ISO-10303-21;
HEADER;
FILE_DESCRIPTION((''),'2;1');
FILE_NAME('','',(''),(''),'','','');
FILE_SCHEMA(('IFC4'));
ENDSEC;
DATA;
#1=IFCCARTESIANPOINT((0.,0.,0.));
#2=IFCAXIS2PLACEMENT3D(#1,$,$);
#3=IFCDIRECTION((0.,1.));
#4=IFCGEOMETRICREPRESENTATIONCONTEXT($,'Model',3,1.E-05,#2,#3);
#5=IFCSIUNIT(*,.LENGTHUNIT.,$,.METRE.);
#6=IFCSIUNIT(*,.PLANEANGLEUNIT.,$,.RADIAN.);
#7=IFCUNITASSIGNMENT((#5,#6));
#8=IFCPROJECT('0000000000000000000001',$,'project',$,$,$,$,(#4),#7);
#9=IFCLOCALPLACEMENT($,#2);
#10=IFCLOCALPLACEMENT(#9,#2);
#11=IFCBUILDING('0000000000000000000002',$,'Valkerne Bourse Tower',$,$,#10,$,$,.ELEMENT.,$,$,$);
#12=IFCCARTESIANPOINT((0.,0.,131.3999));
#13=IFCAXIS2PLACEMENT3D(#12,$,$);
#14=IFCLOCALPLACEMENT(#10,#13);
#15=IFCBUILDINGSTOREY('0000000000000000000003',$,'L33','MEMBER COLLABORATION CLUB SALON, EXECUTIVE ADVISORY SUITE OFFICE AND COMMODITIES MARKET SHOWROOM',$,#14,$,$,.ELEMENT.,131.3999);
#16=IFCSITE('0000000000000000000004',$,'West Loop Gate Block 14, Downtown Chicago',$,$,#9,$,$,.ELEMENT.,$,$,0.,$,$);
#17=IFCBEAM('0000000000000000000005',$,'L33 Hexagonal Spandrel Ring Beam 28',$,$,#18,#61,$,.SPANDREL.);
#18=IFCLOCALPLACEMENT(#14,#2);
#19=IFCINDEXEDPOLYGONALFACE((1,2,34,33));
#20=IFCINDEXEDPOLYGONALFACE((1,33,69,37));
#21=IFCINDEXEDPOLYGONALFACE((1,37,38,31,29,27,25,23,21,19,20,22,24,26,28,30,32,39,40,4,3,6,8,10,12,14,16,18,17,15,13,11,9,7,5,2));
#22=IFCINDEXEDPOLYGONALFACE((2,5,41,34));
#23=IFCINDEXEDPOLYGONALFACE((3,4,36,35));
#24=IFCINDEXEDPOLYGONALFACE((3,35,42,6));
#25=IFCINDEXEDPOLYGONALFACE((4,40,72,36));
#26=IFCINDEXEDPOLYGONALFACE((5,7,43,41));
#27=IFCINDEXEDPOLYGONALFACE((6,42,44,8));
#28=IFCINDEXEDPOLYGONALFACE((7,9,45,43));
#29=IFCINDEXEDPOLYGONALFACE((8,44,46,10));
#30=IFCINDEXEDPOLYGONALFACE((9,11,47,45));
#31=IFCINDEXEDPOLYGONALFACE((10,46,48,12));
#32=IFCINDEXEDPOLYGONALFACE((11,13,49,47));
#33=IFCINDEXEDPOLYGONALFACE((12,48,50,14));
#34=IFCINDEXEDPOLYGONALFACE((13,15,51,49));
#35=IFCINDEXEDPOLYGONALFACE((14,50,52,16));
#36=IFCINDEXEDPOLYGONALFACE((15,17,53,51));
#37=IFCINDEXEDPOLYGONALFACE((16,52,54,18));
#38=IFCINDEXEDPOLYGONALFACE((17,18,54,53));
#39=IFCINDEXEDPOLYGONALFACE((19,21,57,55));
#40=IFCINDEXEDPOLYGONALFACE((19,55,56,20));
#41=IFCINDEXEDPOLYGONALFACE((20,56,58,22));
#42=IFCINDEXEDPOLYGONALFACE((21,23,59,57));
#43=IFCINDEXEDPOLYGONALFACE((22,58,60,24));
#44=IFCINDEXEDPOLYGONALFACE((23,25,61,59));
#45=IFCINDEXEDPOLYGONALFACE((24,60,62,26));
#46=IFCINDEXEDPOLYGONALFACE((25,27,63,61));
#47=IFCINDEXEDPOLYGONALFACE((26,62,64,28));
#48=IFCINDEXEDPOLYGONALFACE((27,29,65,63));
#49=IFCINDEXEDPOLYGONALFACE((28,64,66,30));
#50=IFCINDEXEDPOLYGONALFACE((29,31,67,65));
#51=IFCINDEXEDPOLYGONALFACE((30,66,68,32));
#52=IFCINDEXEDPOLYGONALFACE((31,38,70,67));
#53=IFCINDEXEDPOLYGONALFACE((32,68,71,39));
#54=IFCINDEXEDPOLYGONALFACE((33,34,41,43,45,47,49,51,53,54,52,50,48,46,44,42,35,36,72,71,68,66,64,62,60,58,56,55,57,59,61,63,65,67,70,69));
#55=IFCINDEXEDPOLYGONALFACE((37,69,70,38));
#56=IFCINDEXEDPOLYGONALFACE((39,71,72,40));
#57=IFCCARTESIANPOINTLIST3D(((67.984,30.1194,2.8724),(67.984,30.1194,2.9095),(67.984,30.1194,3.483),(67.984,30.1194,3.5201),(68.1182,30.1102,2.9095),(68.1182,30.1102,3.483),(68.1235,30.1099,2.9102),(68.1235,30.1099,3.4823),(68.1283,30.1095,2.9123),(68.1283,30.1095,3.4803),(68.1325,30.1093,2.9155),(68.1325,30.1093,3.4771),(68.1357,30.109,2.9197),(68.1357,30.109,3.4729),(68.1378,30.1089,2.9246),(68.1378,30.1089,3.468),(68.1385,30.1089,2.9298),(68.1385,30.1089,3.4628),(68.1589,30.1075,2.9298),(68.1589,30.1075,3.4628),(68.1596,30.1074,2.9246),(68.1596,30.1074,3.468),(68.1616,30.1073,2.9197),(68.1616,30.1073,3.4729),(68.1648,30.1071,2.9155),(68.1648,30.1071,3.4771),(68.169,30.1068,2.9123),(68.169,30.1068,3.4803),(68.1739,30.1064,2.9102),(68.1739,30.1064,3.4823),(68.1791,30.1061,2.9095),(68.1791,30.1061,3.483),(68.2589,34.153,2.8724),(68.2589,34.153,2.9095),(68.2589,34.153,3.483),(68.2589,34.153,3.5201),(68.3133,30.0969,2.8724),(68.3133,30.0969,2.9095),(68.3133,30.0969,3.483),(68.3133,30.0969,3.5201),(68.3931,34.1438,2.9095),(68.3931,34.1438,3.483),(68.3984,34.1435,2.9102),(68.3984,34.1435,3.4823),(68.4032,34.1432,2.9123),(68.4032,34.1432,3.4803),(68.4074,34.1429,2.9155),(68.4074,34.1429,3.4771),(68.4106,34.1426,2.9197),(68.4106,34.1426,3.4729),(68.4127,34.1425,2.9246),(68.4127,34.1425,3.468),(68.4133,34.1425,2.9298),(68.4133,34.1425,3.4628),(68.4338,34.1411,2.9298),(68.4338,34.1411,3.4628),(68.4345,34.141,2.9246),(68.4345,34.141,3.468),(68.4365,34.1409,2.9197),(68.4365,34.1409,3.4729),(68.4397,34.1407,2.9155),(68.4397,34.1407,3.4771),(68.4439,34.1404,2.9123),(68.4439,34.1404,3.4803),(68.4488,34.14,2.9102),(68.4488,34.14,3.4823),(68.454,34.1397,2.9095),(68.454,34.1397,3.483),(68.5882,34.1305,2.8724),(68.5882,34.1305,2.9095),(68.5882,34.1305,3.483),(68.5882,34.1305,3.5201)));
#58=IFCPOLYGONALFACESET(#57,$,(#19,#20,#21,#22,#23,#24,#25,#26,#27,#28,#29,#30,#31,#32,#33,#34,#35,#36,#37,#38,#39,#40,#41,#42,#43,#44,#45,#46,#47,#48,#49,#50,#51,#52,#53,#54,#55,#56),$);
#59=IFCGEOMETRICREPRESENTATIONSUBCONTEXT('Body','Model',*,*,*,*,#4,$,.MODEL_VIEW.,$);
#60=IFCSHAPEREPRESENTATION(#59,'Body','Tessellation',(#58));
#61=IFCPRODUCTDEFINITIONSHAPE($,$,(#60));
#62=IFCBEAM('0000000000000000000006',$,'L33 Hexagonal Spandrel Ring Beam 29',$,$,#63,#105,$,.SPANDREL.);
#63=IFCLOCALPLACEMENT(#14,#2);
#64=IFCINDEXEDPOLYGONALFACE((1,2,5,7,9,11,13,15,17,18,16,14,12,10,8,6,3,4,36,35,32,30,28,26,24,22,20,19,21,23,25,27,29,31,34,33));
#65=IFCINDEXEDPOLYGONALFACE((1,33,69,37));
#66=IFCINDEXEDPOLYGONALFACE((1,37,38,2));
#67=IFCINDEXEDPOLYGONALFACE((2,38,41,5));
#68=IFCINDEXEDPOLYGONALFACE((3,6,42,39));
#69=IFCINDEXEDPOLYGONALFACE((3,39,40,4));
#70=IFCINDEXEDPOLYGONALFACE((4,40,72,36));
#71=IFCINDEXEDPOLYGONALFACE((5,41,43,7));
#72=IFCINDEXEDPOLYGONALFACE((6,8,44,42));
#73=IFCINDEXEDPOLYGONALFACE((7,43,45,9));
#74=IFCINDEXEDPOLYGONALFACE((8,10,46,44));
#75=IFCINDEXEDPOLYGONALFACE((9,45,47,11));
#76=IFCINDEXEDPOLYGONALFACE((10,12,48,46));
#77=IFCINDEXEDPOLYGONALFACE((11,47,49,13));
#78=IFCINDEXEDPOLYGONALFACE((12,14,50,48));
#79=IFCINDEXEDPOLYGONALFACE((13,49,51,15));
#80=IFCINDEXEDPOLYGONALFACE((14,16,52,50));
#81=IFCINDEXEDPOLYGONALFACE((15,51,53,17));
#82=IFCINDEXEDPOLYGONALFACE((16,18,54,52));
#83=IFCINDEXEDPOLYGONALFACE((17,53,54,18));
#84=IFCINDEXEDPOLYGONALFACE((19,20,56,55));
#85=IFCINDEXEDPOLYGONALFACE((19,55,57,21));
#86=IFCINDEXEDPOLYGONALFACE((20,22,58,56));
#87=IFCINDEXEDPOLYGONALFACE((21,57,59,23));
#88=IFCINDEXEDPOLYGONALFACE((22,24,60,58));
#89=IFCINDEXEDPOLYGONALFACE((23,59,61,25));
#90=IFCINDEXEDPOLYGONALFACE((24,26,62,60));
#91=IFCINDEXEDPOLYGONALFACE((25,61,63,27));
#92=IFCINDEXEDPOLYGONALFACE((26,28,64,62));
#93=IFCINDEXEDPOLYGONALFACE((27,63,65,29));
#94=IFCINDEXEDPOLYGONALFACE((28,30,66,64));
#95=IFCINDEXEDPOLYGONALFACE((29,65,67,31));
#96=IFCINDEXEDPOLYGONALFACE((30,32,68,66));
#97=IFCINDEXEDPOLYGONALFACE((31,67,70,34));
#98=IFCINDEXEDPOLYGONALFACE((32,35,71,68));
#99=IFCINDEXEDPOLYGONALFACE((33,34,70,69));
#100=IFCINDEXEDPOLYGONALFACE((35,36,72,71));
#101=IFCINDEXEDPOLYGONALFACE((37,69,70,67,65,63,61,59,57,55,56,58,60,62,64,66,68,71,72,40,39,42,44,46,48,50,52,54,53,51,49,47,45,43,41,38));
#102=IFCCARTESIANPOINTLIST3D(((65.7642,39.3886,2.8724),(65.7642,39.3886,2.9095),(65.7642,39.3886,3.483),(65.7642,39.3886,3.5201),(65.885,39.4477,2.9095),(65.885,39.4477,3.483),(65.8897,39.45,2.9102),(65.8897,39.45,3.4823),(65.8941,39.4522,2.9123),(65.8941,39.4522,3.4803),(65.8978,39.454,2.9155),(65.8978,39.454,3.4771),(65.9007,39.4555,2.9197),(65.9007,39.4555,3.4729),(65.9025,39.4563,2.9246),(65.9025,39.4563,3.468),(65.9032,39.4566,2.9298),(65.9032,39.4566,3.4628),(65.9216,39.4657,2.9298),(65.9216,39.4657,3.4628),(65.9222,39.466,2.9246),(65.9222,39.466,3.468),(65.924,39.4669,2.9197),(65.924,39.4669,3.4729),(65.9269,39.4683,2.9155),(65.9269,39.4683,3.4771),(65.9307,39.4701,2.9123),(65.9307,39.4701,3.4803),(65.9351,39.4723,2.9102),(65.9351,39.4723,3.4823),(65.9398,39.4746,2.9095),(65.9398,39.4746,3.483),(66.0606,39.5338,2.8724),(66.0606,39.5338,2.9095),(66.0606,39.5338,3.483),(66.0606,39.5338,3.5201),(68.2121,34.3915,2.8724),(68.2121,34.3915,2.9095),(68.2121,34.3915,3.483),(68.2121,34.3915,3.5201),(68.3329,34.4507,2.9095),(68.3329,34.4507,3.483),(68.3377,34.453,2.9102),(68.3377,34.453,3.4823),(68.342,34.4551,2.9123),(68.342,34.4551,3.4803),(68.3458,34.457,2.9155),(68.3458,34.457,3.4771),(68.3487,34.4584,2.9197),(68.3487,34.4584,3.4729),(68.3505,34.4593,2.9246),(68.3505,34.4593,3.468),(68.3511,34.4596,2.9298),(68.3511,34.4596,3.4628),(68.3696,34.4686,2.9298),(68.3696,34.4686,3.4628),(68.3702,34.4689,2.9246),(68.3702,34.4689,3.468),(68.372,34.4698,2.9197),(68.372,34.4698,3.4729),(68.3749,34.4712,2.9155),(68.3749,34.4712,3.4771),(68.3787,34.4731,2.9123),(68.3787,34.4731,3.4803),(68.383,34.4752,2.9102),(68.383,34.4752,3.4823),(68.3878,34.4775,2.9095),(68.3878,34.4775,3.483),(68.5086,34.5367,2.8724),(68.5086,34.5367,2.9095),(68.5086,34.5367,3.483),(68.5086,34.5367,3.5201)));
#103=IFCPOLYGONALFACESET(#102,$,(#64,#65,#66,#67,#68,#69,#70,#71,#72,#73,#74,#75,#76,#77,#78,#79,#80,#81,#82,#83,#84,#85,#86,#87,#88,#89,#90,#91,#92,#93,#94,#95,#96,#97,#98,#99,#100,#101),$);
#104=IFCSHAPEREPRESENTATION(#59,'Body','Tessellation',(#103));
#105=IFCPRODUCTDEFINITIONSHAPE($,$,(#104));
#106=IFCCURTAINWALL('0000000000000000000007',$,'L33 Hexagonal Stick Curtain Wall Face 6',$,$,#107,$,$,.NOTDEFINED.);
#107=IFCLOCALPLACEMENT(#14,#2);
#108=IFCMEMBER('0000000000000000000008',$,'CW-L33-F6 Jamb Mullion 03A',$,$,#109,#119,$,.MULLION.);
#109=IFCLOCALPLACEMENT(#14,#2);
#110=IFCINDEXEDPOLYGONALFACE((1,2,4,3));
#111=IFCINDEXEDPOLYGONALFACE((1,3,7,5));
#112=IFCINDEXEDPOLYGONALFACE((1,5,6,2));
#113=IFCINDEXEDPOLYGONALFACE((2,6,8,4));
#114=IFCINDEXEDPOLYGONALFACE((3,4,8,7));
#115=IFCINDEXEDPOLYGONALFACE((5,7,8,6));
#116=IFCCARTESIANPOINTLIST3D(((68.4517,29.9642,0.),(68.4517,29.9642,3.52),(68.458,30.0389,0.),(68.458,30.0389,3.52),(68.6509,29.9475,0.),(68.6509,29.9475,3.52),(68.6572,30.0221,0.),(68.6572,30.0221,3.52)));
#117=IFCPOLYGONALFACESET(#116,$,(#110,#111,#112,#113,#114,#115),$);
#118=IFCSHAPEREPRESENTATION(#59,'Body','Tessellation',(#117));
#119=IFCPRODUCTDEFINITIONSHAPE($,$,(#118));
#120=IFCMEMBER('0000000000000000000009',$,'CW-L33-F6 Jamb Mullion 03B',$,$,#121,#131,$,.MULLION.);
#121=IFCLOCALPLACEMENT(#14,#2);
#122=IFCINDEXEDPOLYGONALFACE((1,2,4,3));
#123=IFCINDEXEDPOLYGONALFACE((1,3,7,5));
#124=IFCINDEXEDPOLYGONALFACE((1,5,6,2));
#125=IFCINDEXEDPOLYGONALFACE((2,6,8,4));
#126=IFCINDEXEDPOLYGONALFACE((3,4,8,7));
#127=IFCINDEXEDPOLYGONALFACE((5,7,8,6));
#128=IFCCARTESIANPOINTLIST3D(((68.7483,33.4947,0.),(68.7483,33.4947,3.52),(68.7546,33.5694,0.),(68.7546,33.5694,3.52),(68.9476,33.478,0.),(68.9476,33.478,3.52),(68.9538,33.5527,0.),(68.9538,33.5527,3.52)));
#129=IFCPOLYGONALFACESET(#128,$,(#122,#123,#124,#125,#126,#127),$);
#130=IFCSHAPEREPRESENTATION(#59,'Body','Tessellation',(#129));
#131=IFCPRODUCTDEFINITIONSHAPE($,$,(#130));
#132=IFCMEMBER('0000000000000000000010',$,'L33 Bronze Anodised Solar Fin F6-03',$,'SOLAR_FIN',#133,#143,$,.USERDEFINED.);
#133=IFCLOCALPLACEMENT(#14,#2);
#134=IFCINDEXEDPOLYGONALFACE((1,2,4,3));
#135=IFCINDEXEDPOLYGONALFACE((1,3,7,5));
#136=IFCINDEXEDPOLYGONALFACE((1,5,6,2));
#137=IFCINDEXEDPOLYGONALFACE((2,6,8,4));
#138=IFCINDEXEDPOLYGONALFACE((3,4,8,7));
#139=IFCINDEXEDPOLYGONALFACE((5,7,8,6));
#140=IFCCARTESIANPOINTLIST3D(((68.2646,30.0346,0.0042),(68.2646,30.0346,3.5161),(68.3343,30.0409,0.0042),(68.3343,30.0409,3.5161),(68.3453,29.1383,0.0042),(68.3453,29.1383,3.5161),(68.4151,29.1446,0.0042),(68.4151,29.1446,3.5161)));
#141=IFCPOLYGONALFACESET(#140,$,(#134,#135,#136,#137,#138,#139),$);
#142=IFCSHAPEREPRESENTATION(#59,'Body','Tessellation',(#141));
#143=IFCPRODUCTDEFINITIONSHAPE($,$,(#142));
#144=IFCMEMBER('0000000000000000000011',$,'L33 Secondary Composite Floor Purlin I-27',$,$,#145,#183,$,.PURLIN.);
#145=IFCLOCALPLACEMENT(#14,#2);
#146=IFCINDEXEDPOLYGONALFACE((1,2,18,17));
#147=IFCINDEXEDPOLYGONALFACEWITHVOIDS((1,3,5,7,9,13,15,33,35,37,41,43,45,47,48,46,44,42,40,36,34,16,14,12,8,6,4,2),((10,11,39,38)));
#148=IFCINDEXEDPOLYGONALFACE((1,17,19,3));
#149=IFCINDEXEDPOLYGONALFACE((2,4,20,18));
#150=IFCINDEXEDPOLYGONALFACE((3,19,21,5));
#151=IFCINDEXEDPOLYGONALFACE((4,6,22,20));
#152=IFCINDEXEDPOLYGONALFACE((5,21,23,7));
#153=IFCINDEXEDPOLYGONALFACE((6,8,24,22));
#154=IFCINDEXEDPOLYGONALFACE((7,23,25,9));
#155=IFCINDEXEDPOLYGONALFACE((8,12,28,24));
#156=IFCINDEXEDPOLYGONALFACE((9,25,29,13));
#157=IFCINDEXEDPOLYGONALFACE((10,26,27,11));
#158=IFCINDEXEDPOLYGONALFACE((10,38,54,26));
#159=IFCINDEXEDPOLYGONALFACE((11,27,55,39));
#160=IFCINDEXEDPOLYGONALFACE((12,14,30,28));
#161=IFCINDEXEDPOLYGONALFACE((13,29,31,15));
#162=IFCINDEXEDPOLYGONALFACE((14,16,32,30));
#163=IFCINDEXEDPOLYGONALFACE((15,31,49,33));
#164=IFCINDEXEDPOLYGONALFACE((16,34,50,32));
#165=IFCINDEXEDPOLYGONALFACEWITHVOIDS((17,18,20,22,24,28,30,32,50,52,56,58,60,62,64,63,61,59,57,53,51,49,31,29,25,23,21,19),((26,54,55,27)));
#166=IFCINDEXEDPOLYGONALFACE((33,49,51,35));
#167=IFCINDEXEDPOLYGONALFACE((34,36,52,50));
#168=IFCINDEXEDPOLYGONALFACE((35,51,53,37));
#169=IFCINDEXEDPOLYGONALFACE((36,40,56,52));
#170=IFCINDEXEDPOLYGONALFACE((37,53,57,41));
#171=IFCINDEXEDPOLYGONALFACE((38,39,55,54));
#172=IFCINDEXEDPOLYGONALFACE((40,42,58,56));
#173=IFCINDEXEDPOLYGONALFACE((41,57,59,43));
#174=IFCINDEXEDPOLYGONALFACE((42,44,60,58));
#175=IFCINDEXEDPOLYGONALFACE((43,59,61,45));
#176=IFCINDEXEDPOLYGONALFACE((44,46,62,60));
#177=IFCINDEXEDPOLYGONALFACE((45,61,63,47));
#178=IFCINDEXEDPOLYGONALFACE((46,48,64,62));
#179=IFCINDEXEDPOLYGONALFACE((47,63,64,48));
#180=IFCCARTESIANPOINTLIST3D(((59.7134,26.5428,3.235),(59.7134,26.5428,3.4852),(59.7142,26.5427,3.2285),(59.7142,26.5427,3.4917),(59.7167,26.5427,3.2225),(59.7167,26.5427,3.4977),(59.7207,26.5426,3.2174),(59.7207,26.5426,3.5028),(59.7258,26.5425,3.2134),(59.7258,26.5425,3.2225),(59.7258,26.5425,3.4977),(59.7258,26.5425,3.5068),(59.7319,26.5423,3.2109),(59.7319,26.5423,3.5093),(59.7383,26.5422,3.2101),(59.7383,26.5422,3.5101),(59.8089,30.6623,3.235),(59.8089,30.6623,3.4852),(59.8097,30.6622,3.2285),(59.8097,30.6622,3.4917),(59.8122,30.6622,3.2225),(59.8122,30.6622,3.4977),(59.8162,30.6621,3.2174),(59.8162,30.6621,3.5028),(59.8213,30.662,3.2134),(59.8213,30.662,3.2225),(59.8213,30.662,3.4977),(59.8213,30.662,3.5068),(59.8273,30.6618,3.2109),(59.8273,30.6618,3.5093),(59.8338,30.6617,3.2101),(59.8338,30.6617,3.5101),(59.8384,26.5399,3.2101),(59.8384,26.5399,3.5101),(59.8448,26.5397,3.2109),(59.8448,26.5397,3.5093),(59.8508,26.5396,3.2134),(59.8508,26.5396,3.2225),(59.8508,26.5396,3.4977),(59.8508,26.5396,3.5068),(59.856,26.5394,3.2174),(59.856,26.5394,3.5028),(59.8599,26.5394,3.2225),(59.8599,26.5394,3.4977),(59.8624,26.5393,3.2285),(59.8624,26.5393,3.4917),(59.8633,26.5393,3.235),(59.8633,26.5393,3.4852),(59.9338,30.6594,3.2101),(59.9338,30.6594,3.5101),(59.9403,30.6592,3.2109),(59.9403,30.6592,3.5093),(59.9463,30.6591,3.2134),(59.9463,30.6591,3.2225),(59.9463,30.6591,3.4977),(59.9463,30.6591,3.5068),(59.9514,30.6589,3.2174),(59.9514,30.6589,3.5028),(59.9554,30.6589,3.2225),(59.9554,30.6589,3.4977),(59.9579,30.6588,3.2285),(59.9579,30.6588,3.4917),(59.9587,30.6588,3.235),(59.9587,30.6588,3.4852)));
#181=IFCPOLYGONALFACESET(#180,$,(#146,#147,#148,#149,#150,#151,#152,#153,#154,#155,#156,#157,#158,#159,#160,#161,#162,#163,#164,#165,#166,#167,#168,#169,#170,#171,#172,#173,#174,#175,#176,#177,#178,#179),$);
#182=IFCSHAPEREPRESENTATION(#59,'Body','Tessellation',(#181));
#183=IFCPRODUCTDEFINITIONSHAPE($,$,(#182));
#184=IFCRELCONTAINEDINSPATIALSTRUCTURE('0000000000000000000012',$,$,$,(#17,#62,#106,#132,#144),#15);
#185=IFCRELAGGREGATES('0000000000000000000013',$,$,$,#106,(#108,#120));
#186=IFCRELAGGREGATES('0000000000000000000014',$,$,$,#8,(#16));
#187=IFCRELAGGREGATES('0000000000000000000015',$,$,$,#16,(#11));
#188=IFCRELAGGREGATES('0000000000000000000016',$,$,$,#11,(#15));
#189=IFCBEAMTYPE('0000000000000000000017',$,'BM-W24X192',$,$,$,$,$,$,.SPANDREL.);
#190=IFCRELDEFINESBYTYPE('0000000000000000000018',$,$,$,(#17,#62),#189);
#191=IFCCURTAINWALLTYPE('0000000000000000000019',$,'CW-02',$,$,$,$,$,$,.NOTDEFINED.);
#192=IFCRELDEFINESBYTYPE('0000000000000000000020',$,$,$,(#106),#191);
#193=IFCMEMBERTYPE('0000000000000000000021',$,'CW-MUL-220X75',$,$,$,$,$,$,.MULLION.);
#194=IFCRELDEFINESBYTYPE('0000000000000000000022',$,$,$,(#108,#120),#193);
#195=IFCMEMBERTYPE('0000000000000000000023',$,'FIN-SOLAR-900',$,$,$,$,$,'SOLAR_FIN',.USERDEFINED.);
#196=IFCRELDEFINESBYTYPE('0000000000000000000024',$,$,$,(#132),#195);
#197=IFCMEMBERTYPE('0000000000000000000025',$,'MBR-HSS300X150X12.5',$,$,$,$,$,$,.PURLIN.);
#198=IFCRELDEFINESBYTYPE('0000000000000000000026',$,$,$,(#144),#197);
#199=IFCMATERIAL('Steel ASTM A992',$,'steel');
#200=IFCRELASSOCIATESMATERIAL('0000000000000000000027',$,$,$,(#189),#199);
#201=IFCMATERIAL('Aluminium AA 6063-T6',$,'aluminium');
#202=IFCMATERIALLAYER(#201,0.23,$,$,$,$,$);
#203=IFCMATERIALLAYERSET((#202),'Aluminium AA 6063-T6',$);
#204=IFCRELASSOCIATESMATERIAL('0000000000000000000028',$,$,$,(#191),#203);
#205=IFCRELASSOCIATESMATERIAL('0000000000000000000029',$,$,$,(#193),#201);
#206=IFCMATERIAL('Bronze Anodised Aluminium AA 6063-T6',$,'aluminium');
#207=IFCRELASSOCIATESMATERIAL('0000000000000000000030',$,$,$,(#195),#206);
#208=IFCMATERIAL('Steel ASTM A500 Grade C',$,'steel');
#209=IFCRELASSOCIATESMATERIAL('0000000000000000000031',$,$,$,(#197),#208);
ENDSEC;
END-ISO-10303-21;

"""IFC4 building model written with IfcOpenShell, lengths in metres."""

from ifc_helpers import new_model, si_unit, direction, frame, origin, origin_2d, place, context, subcontext, project, spatial, rectangle, hollow_rectangle, i_section, extrude, material, layer, layer_set, material_profile, profile_set, type_object, element, aggregate, save


model = new_model("IFC4")

# Units and contexts
model_context = context("Model", 3, precision=1e-05, world=origin(), true_north=direction((0.0, 1.0)))
body_context = subcontext(model_context, "Body", "Model", "MODEL_VIEW")
ifc_project = project(units=[si_unit("LENGTHUNIT", "METRE"), si_unit("PLANEANGLEUNIT", "RADIAN")], contexts=[model_context])

# Site, building, storey
site_placement = place(None, origin())
site = spatial("IfcSite", under=ifc_project, at=site_placement, Name="West Loop Gate Block 14, Downtown Chicago", CompositionType="ELEMENT", RefElevation=0.0)
building_placement = place(site_placement, origin())
building = spatial("IfcBuilding", under=site, at=building_placement, Name="Valkerne Bourse Tower", CompositionType="ELEMENT")
storey_placement = place(building_placement, frame((0.0, 0.0, 131.3999)))
storey = spatial("IfcBuildingStorey", under=building, at=storey_placement, Name="L33", Description="MEMBER COLLABORATION CLUB SALON, EXECUTIVE ADVISORY SUITE OFFICE AND COMMODITIES MARKET SHOWROOM", CompositionType="ELEMENT", Elevation=131.3999)

# Beams
ifc_material_1 = material(Name="Steel ASTM A992", Category="steel")
ifc_material_profile_1 = material_profile(ifc_material_1, i_section(OverallWidth=0.3301, OverallDepth=0.6477, WebThickness=0.0205, FlangeThickness=0.0371, FilletRadius=0.0203, at=origin_2d()), Name="W24X192")
ifc_profile_set_1 = profile_set([ifc_material_profile_1], Name="Steel ASTM A992")
beam_type_1 = type_object("IfcBeamType", Name="BM-W24X192", PredefinedType="SPANDREL", material=ifc_profile_set_1)
beam_1_placement = place(storey_placement, frame((68.1487, 30.1082, 3.1963), z_axis=(0.067994, 0.997686, 0.0), x_axis=(-0.997686, 0.067994, 0.0)))
element("IfcBeam", 1, at=beam_1_placement, inside=storey, type_object=beam_type_1, Name="L33 Hexagonal Spandrel Ring Beam 28", PredefinedType="SPANDREL", context=body_context, shape_type="SweptSolid", body=[
    extrude(i_section(OverallWidth=0.3301, OverallDepth=0.6477, WebThickness=0.0205, FlangeThickness=0.0371, FilletRadius=0.0203, at=origin_2d()), origin(), (0.0, 0.0, 1.0), 4.043),
])
beam_2_placement = place(storey_placement, frame((68.3604, 34.4641, 3.1963), z_axis=(-0.439933, 0.898031, 0.0), x_axis=(-0.898031, -0.439933, 0.0)))
element("IfcBeam", 2, at=beam_2_placement, inside=storey, type_object=beam_type_1, Name="L33 Hexagonal Spandrel Ring Beam 29", PredefinedType="SPANDREL", context=body_context, shape_type="SweptSolid", body=[
    extrude(i_section(OverallWidth=0.3301, OverallDepth=0.6477, WebThickness=0.0205, FlangeThickness=0.0371, FilletRadius=0.0203, at=origin_2d()), origin(), (0.0, 0.0, 1.0), 5.5645),
])

# Curtain wall, members
ifc_material_2 = material(Name="Aluminium AA 6063-T6", Category="aluminium")
ifc_layer_1 = layer(ifc_material_2, 0.23)
ifc_layer_set_1 = layer_set([ifc_layer_1], Name="Aluminium AA 6063-T6")
curtain_wall_type = type_object("IfcCurtainWallType", Name="CW-02", PredefinedType="NOTDEFINED", material=ifc_layer_set_1)
curtain_wall_placement = place(storey_placement, origin())
curtain_wall = element("IfcCurtainWall", 3, at=curtain_wall_placement, inside=storey, type_object=curtain_wall_type, Name="L33 Hexagonal Stick Curtain Wall Face 6", PredefinedType="NOTDEFINED")
ifc_material_profile_2 = material_profile(ifc_material_2, rectangle(XDim=0.075, YDim=0.2, at=origin_2d()), Name="CWM-75X200")
ifc_profile_set_2 = profile_set([ifc_material_profile_2], Name="Aluminium AA 6063-T6")
member_type_1 = type_object("IfcMemberType", Name="CW-MUL-220X75", PredefinedType="MULLION", material=ifc_profile_set_2)
member_1_placement = place(storey_placement, frame((68.5544, 29.9932, 0.0), z_axis=(0.0, 0.0, 1.0), x_axis=(0.083687, 0.996492, 0.0)))
member_1 = element("IfcMember", 4, at=member_1_placement, type_object=member_type_1, Name="CW-L33-F6 Jamb Mullion 03A", PredefinedType="MULLION", context=body_context, shape_type="SweptSolid", body=[
    extrude(rectangle(XDim=0.075, YDim=0.2, at=origin_2d()), origin(), (0.0, 0.0, 1.0), 3.52),
])
member_2_placement = place(storey_placement, frame((68.8511, 33.5237, 0.0), z_axis=(0.0, 0.0, 1.0), x_axis=(0.083687, 0.996492, 0.0)))
member_2 = element("IfcMember", 5, at=member_2_placement, type_object=member_type_1, Name="CW-L33-F6 Jamb Mullion 03B", PredefinedType="MULLION", context=body_context, shape_type="SweptSolid", body=[
    extrude(rectangle(XDim=0.075, YDim=0.2, at=origin_2d()), origin(), (0.0, 0.0, 1.0), 3.52),
])

# Members
ifc_material_3 = material(Name="Bronze Anodised Aluminium AA 6063-T6", Category="aluminium")
ifc_material_profile_3 = material_profile(ifc_material_3, rectangle(XDim=0.0701, YDim=0.8999, at=origin_2d()), Name="FIN-70X900")
ifc_profile_set_3 = profile_set([ifc_material_profile_3], Name="Bronze Anodised Aluminium AA 6063-T6")
member_type_2 = type_object("IfcMemberType", Name="FIN-SOLAR-900", ElementType="SOLAR_FIN", PredefinedType="USERDEFINED", material=ifc_profile_set_3)
member_3_placement = place(storey_placement, frame((68.3398, 29.5896, 0.0042), z_axis=(0.0, 0.0, 1.0), x_axis=(0.995962, 0.089776, 0.0)))
element("IfcMember", 6, at=member_3_placement, inside=storey, type_object=member_type_2, Name="L33 Bronze Anodised Solar Fin F6-03", ObjectType="SOLAR_FIN", PredefinedType="USERDEFINED", context=body_context, shape_type="SweptSolid", body=[
    extrude(rectangle(XDim=0.0701, YDim=0.8999, at=origin_2d()), origin(), (0.0, 0.0, 1.0), 3.512),
])
ifc_material_4 = material(Name="Steel ASTM A500 Grade C", Category="steel")
ifc_material_profile_4 = material_profile(ifc_material_4, hollow_rectangle(XDim=0.1499, YDim=0.3, WallThickness=0.0125, OuterFilletRadius=0.0249, at=origin_2d()), Name="HSS300X150X12.5")
ifc_profile_set_4 = profile_set([ifc_material_profile_4], Name="Steel ASTM A500 Grade C")
member_type_3 = type_object("IfcMemberType", Name="MBR-HSS300X150X12.5", PredefinedType="PURLIN", material=ifc_profile_set_4)
member_4_placement = place(storey_placement, frame((59.7883, 26.541, 3.3601), z_axis=(0.023167, 0.999732, 0.0), x_axis=(-0.999732, 0.023167, 0.0)))
element("IfcMember", 7, at=member_4_placement, inside=storey, type_object=member_type_3, Name="L33 Secondary Composite Floor Purlin I-27", PredefinedType="PURLIN", context=body_context, shape_type="SweptSolid", body=[
    extrude(hollow_rectangle(XDim=0.1499, YDim=0.3, WallThickness=0.0125, OuterFilletRadius=0.0249, at=origin_2d()), origin(), (0.0, 0.0, 1.0), 4.1206),
])

aggregate(curtain_wall, [member_1, member_2])

save(model, "model.ifc")
